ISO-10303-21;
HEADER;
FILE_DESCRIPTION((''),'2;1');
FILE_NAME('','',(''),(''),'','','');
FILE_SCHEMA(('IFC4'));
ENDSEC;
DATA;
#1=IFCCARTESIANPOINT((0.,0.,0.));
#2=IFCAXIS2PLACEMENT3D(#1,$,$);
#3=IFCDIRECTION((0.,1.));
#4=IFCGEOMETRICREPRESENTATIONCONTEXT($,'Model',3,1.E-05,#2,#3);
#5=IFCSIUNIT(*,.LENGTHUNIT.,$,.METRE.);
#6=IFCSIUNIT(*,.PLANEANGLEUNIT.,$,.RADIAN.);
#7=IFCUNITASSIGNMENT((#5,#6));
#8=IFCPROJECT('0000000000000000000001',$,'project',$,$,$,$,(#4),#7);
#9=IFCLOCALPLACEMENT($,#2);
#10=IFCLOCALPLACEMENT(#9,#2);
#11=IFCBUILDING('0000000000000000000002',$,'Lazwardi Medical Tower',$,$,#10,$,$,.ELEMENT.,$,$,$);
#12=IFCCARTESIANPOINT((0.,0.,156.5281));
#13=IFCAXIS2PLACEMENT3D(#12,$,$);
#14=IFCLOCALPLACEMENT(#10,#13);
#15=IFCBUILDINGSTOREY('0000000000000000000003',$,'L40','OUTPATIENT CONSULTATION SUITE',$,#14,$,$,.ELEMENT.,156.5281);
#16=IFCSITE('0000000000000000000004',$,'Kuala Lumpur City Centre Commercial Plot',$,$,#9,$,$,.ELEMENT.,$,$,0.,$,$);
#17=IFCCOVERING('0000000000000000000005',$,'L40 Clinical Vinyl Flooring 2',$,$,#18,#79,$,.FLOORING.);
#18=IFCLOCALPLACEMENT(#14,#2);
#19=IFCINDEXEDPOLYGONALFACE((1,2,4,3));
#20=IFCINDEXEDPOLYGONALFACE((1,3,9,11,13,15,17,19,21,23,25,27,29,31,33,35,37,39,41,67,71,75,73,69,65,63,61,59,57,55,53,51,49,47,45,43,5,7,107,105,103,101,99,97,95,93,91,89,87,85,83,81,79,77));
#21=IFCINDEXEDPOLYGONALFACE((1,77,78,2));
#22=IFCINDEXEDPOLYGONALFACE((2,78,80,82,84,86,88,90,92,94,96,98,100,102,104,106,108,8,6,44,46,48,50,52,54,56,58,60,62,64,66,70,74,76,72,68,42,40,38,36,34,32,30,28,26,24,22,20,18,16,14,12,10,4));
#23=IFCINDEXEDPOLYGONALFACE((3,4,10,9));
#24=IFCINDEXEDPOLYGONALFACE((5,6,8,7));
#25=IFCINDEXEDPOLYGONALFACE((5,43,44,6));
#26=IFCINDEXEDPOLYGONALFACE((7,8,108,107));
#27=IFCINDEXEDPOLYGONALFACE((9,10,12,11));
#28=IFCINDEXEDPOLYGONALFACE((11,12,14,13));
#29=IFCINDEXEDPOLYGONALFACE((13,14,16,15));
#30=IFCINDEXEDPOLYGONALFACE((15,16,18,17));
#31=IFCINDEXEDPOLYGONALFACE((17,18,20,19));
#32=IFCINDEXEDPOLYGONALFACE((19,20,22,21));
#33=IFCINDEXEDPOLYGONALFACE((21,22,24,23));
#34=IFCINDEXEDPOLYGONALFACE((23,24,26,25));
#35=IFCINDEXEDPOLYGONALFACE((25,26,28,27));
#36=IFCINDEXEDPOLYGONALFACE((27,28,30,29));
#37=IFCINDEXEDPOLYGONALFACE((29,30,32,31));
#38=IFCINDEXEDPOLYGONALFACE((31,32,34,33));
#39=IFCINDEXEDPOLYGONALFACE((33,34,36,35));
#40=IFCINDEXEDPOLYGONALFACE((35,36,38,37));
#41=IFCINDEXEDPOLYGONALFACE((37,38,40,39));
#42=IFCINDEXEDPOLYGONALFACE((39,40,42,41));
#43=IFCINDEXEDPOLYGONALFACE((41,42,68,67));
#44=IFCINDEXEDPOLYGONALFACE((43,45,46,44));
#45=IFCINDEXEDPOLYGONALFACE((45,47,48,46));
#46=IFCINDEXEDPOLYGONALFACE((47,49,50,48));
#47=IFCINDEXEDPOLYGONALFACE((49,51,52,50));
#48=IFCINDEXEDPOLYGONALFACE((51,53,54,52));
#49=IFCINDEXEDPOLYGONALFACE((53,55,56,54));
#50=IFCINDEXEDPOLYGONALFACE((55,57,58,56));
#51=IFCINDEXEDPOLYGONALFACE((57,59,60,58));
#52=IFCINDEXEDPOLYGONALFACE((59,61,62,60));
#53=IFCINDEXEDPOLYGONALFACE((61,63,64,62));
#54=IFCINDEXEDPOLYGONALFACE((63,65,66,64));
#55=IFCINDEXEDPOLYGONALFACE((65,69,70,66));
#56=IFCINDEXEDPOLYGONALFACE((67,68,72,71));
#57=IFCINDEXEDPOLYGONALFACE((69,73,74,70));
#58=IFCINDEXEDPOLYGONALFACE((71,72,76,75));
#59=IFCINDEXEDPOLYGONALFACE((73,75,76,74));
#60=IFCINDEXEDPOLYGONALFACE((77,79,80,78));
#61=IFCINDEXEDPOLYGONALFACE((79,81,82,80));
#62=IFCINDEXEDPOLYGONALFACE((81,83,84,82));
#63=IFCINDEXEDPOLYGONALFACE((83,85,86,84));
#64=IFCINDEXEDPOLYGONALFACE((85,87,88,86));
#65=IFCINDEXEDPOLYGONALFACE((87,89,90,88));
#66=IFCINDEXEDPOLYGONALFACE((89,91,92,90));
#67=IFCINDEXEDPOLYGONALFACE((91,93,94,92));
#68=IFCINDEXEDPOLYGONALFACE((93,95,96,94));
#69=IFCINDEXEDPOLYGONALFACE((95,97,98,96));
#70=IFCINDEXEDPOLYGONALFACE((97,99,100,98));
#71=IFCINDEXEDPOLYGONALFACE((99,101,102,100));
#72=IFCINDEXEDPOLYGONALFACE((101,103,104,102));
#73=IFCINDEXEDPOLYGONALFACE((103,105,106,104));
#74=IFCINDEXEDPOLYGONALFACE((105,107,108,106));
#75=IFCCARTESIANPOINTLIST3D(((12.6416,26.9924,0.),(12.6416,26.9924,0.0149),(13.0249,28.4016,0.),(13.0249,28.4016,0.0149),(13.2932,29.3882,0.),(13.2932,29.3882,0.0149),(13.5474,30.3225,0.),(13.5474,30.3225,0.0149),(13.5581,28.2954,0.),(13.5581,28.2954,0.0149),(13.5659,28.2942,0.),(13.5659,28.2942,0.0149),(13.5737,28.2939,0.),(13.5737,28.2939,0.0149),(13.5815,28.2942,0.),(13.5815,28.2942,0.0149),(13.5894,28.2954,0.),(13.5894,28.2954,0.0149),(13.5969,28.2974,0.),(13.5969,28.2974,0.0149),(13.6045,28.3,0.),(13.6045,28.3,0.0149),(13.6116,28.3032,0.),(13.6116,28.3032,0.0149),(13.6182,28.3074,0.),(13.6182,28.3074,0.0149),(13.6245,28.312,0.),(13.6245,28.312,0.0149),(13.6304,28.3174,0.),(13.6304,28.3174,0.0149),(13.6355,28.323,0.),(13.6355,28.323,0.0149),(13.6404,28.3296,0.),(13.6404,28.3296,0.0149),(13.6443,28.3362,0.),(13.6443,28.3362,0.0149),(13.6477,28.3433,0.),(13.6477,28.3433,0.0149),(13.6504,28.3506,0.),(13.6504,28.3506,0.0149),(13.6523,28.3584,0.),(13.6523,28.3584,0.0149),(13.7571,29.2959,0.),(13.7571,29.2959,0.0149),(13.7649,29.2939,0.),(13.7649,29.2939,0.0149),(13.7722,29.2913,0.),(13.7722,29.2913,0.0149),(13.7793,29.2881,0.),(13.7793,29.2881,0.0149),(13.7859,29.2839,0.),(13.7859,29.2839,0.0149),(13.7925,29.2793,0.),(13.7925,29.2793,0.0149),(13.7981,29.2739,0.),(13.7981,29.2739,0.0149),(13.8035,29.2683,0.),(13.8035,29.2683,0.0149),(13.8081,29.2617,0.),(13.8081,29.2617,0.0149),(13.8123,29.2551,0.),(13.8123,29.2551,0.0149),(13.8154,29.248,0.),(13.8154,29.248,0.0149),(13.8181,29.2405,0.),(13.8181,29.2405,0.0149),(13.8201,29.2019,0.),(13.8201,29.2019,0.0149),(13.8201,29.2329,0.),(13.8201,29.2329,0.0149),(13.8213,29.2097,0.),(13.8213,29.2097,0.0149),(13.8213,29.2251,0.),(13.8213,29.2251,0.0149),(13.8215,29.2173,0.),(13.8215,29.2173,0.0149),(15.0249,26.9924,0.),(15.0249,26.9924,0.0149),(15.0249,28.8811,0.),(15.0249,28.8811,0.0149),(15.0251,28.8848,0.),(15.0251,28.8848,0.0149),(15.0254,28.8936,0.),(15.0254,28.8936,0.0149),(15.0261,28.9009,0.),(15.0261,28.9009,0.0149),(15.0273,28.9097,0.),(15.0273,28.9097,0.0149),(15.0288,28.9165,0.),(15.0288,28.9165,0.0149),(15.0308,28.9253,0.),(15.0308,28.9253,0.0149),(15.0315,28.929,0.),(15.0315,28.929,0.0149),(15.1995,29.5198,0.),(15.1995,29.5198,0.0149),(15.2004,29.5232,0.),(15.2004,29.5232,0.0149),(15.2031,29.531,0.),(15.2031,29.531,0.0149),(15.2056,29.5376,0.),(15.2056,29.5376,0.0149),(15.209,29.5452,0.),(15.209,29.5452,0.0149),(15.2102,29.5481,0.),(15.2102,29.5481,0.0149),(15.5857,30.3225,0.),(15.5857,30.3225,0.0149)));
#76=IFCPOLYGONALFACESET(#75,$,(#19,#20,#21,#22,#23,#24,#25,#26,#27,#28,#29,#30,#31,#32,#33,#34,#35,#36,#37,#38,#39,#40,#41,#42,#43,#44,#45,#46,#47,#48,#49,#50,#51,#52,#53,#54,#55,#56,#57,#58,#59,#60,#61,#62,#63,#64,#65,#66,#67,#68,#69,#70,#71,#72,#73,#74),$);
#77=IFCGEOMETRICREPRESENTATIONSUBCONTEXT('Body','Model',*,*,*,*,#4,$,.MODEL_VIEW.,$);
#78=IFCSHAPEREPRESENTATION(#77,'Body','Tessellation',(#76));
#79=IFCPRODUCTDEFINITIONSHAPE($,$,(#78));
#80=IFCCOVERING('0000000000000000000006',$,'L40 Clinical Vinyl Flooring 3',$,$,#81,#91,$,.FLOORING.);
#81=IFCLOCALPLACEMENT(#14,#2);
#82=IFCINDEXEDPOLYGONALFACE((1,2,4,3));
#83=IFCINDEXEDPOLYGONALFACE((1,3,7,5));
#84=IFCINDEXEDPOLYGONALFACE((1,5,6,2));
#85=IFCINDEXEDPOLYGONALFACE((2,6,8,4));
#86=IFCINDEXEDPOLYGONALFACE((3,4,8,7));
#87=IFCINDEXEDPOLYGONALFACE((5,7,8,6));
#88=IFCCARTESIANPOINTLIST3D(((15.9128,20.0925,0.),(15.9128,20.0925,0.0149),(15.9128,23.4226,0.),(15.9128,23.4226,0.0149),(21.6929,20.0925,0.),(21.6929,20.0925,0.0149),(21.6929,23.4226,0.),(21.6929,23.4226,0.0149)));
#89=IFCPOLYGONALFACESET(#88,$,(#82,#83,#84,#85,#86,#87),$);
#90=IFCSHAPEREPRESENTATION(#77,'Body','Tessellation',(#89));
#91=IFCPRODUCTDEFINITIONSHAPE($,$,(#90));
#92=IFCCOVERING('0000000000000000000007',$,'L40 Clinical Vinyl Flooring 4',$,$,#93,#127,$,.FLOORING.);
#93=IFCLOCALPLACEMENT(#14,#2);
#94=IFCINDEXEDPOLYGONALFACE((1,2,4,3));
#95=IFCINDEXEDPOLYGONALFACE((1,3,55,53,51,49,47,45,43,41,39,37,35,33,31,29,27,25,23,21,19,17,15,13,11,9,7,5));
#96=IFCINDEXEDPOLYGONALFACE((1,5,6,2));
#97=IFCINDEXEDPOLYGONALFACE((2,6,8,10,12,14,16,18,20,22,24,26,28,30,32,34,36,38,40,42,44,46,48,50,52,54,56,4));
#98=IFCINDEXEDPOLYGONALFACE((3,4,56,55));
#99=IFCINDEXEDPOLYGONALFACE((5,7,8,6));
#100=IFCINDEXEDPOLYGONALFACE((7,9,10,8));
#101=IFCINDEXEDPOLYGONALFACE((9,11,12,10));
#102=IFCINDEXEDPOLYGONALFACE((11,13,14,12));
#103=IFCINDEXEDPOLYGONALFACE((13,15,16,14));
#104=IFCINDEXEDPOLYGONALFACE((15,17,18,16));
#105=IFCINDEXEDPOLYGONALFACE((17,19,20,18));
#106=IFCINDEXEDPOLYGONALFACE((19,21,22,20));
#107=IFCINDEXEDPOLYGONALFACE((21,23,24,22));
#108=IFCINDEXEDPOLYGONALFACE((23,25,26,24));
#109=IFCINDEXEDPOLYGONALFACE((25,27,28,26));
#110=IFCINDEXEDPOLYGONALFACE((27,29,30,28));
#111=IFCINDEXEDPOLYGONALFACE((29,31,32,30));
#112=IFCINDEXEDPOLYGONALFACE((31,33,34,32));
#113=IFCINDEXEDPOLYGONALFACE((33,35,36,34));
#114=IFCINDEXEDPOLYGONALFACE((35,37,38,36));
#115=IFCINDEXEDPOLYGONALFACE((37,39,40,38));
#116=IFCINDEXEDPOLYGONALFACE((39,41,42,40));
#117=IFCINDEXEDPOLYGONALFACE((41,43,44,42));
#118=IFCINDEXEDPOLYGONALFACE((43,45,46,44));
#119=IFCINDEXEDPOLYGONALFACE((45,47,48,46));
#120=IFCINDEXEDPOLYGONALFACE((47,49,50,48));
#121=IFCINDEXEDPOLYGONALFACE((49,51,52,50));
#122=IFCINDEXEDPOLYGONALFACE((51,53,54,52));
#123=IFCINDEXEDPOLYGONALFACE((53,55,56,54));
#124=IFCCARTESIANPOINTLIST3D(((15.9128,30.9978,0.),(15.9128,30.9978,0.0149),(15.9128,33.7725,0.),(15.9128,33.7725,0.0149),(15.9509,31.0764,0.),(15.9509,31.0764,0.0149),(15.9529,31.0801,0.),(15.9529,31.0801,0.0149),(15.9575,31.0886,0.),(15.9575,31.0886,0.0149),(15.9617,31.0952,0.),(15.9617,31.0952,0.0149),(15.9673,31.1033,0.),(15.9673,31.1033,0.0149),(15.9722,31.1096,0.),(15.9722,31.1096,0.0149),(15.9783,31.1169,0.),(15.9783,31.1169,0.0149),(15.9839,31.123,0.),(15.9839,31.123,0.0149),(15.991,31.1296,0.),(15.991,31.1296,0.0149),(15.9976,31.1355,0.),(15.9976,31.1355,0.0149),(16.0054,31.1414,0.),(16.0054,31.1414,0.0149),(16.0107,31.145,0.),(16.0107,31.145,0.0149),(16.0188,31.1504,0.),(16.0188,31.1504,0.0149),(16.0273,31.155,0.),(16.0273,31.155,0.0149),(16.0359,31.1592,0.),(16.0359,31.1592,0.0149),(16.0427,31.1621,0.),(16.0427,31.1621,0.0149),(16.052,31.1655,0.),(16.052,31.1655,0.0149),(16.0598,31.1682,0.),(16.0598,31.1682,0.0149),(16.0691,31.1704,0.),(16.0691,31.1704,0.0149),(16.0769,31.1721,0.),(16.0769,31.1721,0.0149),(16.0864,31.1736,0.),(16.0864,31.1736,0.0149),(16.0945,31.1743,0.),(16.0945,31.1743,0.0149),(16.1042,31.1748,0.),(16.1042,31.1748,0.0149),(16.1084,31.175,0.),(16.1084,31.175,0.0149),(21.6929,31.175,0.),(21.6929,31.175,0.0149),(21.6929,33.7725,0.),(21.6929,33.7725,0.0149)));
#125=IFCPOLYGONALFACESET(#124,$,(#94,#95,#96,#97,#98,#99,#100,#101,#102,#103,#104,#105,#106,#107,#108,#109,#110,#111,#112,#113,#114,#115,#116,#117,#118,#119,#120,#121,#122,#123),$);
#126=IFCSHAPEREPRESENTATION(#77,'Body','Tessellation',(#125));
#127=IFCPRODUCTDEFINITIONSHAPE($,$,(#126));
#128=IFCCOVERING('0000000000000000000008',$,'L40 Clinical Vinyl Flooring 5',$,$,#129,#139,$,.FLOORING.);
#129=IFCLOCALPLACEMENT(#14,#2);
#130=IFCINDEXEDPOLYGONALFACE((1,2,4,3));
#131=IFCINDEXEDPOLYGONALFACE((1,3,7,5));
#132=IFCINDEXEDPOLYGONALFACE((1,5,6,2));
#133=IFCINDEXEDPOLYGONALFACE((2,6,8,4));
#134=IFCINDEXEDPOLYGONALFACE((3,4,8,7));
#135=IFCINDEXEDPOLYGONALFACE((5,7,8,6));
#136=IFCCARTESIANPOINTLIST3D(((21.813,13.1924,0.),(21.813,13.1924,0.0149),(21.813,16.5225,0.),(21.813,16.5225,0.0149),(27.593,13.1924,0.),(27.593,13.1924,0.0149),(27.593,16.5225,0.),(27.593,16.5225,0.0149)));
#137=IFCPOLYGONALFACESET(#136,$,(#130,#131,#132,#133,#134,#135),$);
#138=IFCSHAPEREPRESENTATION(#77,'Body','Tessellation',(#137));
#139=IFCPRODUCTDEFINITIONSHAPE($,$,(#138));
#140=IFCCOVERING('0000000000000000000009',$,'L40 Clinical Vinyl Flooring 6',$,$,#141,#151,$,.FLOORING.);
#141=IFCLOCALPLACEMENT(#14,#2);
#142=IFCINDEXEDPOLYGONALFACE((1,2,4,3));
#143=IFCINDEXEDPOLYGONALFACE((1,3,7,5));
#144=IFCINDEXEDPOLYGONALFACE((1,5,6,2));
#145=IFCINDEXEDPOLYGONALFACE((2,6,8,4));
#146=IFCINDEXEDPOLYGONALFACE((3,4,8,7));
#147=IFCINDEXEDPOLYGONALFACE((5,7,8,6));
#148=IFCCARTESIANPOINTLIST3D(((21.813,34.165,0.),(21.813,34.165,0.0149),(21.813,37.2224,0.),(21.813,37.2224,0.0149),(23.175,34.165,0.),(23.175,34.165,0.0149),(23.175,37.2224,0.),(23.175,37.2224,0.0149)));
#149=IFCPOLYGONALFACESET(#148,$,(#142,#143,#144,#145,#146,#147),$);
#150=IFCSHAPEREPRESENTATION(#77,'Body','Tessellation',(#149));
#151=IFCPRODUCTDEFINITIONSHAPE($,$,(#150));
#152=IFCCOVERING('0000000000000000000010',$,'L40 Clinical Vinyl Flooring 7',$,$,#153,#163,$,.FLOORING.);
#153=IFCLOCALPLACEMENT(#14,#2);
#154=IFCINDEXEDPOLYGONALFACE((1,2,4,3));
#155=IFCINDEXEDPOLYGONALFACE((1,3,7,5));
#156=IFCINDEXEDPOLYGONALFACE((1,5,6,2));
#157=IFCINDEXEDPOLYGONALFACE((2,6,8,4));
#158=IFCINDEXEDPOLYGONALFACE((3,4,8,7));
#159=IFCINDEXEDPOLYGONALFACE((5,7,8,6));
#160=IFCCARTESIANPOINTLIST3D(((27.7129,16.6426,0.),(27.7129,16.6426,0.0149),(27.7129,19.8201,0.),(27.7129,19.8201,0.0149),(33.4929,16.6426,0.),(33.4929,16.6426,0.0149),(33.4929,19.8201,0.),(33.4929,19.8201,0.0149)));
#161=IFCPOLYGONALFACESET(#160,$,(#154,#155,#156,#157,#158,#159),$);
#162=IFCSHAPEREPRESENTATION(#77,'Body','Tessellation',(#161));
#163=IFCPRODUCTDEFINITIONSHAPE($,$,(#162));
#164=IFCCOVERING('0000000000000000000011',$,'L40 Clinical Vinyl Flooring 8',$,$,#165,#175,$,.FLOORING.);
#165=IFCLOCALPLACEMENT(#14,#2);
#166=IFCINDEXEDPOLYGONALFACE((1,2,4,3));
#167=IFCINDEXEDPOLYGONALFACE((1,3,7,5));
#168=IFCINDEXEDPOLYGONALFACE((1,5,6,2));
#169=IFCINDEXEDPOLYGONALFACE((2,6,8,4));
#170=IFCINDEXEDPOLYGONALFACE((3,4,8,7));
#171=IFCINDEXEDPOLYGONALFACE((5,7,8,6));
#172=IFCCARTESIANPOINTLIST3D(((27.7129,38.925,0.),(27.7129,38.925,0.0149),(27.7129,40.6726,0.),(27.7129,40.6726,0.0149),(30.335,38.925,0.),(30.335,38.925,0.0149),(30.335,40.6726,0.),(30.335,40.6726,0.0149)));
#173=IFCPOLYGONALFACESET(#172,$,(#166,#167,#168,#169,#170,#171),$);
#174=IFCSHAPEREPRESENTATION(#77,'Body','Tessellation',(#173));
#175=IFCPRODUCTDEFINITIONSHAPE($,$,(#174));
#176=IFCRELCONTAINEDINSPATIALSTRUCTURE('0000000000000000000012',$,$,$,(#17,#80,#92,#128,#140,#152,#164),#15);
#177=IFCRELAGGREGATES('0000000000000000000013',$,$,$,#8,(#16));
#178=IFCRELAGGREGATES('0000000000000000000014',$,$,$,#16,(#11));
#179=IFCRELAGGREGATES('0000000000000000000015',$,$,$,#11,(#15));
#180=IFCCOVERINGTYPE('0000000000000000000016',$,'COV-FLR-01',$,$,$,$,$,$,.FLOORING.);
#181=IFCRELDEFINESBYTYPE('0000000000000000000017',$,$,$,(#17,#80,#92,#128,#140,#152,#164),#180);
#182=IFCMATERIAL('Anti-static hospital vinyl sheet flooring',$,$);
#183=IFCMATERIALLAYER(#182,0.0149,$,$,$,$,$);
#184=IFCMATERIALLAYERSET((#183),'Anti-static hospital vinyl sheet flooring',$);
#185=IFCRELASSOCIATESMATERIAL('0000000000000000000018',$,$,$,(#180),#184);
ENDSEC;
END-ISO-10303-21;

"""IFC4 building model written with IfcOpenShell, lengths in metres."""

from ifc_helpers import new_model, si_unit, direction, frame, origin, place, context, subcontext, project, spatial, polyline, outline, extrude, material, layer, layer_set, type_object, element, save


model = new_model("IFC4")

# Units and contexts
model_context = context("Model", 3, precision=1e-05, world=origin(), true_north=direction((0.0, 1.0)))
body_context = subcontext(model_context, "Body", "Model", "MODEL_VIEW")
ifc_project = project(units=[si_unit("LENGTHUNIT", "METRE"), si_unit("PLANEANGLEUNIT", "RADIAN")], contexts=[model_context])

# Site, building, storey
site_placement = place(None, origin())
site = spatial("IfcSite", under=ifc_project, at=site_placement, Name="Kuala Lumpur City Centre Commercial Plot", CompositionType="ELEMENT", RefElevation=0.0)
building_placement = place(site_placement, origin())
building = spatial("IfcBuilding", under=site, at=building_placement, Name="Lazwardi Medical Tower", CompositionType="ELEMENT")
storey_placement = place(building_placement, frame((0.0, 0.0, 156.5281)))
storey = spatial("IfcBuildingStorey", under=building, at=storey_placement, Name="L40", Description="OUTPATIENT CONSULTATION SUITE", CompositionType="ELEMENT", Elevation=156.5281)

# Coverings
ifc_material_1 = material(Name="Anti-static hospital vinyl sheet flooring")
ifc_layer_1 = layer(ifc_material_1, 0.0149)
ifc_layer_set_1 = layer_set([ifc_layer_1], Name="Anti-static hospital vinyl sheet flooring")
covering_type_1 = type_object("IfcCoveringType", Name="COV-FLR-01", PredefinedType="FLOORING", material=ifc_layer_set_1)
covering_1_placement = place(storey_placement, origin())
element("IfcCovering", 1, at=covering_1_placement, inside=storey, type_object=covering_type_1, Name="L40 Clinical Vinyl Flooring 2", PredefinedType="FLOORING", context=body_context, shape_type="SweptSolid", body=[
    extrude(outline(polyline([(13.5474, 30.3225), (13.2932, 29.3882), (13.7571, 29.2959), (13.7649, 29.2939), (13.7722, 29.2913), (13.7793, 29.2881), (13.7859, 29.2839), (13.7925, 29.2793), (13.7981, 29.2739), (13.8035, 29.2683), (13.8081, 29.2617), (13.8123, 29.2551), (13.8154, 29.248), (13.8181, 29.2405), (13.8201, 29.2329), (13.8213, 29.2251), (13.8215, 29.2173), (13.8213, 29.2097), (13.8201, 29.2019), (13.6523, 28.3584), (13.6504, 28.3506), (13.6477, 28.3433), (13.6443, 28.3362), (13.6404, 28.3296), (13.6355, 28.323), (13.6304, 28.3174), (13.6245, 28.312), (13.6182, 28.3074), (13.6116, 28.3032), (13.6045, 28.3), (13.5969, 28.2974), (13.5894, 28.2954), (13.5815, 28.2942), (13.5737, 28.2939), (13.5659, 28.2942), (13.5581, 28.2954), (13.0249, 28.4016), (12.6416, 26.9924), (15.0249, 26.9924), (15.0249, 28.8811), (15.0251, 28.8848), (15.0254, 28.8936), (15.0261, 28.9009), (15.0273, 28.9097), (15.0288, 28.9165), (15.0308, 28.9253), (15.0315, 28.929), (15.1995, 29.5198), (15.2004, 29.5232), (15.2031, 29.531), (15.2056, 29.5376), (15.209, 29.5452), (15.2102, 29.5481), (15.5857, 30.3225), (13.5474, 30.3225)])), origin(), (0.0, 0.0, 1.0), 0.0149),
])
covering_2_placement = place(storey_placement, origin())
element("IfcCovering", 2, at=covering_2_placement, inside=storey, type_object=covering_type_1, Name="L40 Clinical Vinyl Flooring 3", PredefinedType="FLOORING", context=body_context, shape_type="SweptSolid", body=[
    extrude(outline(polyline([(21.6929, 20.0925), (21.6929, 23.4226), (15.9128, 23.4226), (15.9128, 20.0925), (21.6929, 20.0925)])), origin(), (0.0, 0.0, 1.0), 0.0149),
])
covering_3_placement = place(storey_placement, origin())
element("IfcCovering", 3, at=covering_3_placement, inside=storey, type_object=covering_type_1, Name="L40 Clinical Vinyl Flooring 4", PredefinedType="FLOORING", context=body_context, shape_type="SweptSolid", body=[
    extrude(outline(polyline([(15.9128, 30.9978), (15.9509, 31.0764), (15.9529, 31.0801), (15.9575, 31.0886), (15.9617, 31.0952), (15.9673, 31.1033), (15.9722, 31.1096), (15.9783, 31.1169), (15.9839, 31.123), (15.991, 31.1296), (15.9976, 31.1355), (16.0054, 31.1414), (16.0107, 31.145), (16.0188, 31.1504), (16.0273, 31.155), (16.0359, 31.1592), (16.0427, 31.1621), (16.052, 31.1655), (16.0598, 31.1682), (16.0691, 31.1704), (16.0769, 31.1721), (16.0864, 31.1736), (16.0945, 31.1743), (16.1042, 31.1748), (16.1084, 31.175), (21.6929, 31.175), (21.6929, 33.7725), (15.9128, 33.7725), (15.9128, 30.9978)])), origin(), (0.0, 0.0, 1.0), 0.0149),
])
covering_4_placement = place(storey_placement, origin())
element("IfcCovering", 4, at=covering_4_placement, inside=storey, type_object=covering_type_1, Name="L40 Clinical Vinyl Flooring 5", PredefinedType="FLOORING", context=body_context, shape_type="SweptSolid", body=[
    extrude(outline(polyline([(27.593, 13.1924), (27.593, 16.5225), (21.813, 16.5225), (21.813, 13.1924), (27.593, 13.1924)])), origin(), (0.0, 0.0, 1.0), 0.0149),
])
covering_5_placement = place(storey_placement, origin())
element("IfcCovering", 5, at=covering_5_placement, inside=storey, type_object=covering_type_1, Name="L40 Clinical Vinyl Flooring 6", PredefinedType="FLOORING", context=body_context, shape_type="SweptSolid", body=[
    extrude(outline(polyline([(21.813, 34.165), (23.175, 34.165), (23.175, 37.2224), (21.813, 37.2224), (21.813, 34.165)])), origin(), (0.0, 0.0, 1.0), 0.0149),
])
covering_6_placement = place(storey_placement, origin())
element("IfcCovering", 6, at=covering_6_placement, inside=storey, type_object=covering_type_1, Name="L40 Clinical Vinyl Flooring 7", PredefinedType="FLOORING", context=body_context, shape_type="SweptSolid", body=[
    extrude(outline(polyline([(33.4929, 19.8201), (27.7129, 19.8201), (27.7129, 16.6426), (33.4929, 16.6426), (33.4929, 19.8201)])), origin(), (0.0, 0.0, 1.0), 0.0149),
])
covering_7_placement = place(storey_placement, origin())
element("IfcCovering", 7, at=covering_7_placement, inside=storey, type_object=covering_type_1, Name="L40 Clinical Vinyl Flooring 8", PredefinedType="FLOORING", context=body_context, shape_type="SweptSolid", body=[
    extrude(outline(polyline([(27.7129, 38.925), (30.335, 38.925), (30.335, 40.6726), (27.7129, 40.6726), (27.7129, 38.925)])), origin(), (0.0, 0.0, 1.0), 0.0149),
])

save(model, "model.ifc")
